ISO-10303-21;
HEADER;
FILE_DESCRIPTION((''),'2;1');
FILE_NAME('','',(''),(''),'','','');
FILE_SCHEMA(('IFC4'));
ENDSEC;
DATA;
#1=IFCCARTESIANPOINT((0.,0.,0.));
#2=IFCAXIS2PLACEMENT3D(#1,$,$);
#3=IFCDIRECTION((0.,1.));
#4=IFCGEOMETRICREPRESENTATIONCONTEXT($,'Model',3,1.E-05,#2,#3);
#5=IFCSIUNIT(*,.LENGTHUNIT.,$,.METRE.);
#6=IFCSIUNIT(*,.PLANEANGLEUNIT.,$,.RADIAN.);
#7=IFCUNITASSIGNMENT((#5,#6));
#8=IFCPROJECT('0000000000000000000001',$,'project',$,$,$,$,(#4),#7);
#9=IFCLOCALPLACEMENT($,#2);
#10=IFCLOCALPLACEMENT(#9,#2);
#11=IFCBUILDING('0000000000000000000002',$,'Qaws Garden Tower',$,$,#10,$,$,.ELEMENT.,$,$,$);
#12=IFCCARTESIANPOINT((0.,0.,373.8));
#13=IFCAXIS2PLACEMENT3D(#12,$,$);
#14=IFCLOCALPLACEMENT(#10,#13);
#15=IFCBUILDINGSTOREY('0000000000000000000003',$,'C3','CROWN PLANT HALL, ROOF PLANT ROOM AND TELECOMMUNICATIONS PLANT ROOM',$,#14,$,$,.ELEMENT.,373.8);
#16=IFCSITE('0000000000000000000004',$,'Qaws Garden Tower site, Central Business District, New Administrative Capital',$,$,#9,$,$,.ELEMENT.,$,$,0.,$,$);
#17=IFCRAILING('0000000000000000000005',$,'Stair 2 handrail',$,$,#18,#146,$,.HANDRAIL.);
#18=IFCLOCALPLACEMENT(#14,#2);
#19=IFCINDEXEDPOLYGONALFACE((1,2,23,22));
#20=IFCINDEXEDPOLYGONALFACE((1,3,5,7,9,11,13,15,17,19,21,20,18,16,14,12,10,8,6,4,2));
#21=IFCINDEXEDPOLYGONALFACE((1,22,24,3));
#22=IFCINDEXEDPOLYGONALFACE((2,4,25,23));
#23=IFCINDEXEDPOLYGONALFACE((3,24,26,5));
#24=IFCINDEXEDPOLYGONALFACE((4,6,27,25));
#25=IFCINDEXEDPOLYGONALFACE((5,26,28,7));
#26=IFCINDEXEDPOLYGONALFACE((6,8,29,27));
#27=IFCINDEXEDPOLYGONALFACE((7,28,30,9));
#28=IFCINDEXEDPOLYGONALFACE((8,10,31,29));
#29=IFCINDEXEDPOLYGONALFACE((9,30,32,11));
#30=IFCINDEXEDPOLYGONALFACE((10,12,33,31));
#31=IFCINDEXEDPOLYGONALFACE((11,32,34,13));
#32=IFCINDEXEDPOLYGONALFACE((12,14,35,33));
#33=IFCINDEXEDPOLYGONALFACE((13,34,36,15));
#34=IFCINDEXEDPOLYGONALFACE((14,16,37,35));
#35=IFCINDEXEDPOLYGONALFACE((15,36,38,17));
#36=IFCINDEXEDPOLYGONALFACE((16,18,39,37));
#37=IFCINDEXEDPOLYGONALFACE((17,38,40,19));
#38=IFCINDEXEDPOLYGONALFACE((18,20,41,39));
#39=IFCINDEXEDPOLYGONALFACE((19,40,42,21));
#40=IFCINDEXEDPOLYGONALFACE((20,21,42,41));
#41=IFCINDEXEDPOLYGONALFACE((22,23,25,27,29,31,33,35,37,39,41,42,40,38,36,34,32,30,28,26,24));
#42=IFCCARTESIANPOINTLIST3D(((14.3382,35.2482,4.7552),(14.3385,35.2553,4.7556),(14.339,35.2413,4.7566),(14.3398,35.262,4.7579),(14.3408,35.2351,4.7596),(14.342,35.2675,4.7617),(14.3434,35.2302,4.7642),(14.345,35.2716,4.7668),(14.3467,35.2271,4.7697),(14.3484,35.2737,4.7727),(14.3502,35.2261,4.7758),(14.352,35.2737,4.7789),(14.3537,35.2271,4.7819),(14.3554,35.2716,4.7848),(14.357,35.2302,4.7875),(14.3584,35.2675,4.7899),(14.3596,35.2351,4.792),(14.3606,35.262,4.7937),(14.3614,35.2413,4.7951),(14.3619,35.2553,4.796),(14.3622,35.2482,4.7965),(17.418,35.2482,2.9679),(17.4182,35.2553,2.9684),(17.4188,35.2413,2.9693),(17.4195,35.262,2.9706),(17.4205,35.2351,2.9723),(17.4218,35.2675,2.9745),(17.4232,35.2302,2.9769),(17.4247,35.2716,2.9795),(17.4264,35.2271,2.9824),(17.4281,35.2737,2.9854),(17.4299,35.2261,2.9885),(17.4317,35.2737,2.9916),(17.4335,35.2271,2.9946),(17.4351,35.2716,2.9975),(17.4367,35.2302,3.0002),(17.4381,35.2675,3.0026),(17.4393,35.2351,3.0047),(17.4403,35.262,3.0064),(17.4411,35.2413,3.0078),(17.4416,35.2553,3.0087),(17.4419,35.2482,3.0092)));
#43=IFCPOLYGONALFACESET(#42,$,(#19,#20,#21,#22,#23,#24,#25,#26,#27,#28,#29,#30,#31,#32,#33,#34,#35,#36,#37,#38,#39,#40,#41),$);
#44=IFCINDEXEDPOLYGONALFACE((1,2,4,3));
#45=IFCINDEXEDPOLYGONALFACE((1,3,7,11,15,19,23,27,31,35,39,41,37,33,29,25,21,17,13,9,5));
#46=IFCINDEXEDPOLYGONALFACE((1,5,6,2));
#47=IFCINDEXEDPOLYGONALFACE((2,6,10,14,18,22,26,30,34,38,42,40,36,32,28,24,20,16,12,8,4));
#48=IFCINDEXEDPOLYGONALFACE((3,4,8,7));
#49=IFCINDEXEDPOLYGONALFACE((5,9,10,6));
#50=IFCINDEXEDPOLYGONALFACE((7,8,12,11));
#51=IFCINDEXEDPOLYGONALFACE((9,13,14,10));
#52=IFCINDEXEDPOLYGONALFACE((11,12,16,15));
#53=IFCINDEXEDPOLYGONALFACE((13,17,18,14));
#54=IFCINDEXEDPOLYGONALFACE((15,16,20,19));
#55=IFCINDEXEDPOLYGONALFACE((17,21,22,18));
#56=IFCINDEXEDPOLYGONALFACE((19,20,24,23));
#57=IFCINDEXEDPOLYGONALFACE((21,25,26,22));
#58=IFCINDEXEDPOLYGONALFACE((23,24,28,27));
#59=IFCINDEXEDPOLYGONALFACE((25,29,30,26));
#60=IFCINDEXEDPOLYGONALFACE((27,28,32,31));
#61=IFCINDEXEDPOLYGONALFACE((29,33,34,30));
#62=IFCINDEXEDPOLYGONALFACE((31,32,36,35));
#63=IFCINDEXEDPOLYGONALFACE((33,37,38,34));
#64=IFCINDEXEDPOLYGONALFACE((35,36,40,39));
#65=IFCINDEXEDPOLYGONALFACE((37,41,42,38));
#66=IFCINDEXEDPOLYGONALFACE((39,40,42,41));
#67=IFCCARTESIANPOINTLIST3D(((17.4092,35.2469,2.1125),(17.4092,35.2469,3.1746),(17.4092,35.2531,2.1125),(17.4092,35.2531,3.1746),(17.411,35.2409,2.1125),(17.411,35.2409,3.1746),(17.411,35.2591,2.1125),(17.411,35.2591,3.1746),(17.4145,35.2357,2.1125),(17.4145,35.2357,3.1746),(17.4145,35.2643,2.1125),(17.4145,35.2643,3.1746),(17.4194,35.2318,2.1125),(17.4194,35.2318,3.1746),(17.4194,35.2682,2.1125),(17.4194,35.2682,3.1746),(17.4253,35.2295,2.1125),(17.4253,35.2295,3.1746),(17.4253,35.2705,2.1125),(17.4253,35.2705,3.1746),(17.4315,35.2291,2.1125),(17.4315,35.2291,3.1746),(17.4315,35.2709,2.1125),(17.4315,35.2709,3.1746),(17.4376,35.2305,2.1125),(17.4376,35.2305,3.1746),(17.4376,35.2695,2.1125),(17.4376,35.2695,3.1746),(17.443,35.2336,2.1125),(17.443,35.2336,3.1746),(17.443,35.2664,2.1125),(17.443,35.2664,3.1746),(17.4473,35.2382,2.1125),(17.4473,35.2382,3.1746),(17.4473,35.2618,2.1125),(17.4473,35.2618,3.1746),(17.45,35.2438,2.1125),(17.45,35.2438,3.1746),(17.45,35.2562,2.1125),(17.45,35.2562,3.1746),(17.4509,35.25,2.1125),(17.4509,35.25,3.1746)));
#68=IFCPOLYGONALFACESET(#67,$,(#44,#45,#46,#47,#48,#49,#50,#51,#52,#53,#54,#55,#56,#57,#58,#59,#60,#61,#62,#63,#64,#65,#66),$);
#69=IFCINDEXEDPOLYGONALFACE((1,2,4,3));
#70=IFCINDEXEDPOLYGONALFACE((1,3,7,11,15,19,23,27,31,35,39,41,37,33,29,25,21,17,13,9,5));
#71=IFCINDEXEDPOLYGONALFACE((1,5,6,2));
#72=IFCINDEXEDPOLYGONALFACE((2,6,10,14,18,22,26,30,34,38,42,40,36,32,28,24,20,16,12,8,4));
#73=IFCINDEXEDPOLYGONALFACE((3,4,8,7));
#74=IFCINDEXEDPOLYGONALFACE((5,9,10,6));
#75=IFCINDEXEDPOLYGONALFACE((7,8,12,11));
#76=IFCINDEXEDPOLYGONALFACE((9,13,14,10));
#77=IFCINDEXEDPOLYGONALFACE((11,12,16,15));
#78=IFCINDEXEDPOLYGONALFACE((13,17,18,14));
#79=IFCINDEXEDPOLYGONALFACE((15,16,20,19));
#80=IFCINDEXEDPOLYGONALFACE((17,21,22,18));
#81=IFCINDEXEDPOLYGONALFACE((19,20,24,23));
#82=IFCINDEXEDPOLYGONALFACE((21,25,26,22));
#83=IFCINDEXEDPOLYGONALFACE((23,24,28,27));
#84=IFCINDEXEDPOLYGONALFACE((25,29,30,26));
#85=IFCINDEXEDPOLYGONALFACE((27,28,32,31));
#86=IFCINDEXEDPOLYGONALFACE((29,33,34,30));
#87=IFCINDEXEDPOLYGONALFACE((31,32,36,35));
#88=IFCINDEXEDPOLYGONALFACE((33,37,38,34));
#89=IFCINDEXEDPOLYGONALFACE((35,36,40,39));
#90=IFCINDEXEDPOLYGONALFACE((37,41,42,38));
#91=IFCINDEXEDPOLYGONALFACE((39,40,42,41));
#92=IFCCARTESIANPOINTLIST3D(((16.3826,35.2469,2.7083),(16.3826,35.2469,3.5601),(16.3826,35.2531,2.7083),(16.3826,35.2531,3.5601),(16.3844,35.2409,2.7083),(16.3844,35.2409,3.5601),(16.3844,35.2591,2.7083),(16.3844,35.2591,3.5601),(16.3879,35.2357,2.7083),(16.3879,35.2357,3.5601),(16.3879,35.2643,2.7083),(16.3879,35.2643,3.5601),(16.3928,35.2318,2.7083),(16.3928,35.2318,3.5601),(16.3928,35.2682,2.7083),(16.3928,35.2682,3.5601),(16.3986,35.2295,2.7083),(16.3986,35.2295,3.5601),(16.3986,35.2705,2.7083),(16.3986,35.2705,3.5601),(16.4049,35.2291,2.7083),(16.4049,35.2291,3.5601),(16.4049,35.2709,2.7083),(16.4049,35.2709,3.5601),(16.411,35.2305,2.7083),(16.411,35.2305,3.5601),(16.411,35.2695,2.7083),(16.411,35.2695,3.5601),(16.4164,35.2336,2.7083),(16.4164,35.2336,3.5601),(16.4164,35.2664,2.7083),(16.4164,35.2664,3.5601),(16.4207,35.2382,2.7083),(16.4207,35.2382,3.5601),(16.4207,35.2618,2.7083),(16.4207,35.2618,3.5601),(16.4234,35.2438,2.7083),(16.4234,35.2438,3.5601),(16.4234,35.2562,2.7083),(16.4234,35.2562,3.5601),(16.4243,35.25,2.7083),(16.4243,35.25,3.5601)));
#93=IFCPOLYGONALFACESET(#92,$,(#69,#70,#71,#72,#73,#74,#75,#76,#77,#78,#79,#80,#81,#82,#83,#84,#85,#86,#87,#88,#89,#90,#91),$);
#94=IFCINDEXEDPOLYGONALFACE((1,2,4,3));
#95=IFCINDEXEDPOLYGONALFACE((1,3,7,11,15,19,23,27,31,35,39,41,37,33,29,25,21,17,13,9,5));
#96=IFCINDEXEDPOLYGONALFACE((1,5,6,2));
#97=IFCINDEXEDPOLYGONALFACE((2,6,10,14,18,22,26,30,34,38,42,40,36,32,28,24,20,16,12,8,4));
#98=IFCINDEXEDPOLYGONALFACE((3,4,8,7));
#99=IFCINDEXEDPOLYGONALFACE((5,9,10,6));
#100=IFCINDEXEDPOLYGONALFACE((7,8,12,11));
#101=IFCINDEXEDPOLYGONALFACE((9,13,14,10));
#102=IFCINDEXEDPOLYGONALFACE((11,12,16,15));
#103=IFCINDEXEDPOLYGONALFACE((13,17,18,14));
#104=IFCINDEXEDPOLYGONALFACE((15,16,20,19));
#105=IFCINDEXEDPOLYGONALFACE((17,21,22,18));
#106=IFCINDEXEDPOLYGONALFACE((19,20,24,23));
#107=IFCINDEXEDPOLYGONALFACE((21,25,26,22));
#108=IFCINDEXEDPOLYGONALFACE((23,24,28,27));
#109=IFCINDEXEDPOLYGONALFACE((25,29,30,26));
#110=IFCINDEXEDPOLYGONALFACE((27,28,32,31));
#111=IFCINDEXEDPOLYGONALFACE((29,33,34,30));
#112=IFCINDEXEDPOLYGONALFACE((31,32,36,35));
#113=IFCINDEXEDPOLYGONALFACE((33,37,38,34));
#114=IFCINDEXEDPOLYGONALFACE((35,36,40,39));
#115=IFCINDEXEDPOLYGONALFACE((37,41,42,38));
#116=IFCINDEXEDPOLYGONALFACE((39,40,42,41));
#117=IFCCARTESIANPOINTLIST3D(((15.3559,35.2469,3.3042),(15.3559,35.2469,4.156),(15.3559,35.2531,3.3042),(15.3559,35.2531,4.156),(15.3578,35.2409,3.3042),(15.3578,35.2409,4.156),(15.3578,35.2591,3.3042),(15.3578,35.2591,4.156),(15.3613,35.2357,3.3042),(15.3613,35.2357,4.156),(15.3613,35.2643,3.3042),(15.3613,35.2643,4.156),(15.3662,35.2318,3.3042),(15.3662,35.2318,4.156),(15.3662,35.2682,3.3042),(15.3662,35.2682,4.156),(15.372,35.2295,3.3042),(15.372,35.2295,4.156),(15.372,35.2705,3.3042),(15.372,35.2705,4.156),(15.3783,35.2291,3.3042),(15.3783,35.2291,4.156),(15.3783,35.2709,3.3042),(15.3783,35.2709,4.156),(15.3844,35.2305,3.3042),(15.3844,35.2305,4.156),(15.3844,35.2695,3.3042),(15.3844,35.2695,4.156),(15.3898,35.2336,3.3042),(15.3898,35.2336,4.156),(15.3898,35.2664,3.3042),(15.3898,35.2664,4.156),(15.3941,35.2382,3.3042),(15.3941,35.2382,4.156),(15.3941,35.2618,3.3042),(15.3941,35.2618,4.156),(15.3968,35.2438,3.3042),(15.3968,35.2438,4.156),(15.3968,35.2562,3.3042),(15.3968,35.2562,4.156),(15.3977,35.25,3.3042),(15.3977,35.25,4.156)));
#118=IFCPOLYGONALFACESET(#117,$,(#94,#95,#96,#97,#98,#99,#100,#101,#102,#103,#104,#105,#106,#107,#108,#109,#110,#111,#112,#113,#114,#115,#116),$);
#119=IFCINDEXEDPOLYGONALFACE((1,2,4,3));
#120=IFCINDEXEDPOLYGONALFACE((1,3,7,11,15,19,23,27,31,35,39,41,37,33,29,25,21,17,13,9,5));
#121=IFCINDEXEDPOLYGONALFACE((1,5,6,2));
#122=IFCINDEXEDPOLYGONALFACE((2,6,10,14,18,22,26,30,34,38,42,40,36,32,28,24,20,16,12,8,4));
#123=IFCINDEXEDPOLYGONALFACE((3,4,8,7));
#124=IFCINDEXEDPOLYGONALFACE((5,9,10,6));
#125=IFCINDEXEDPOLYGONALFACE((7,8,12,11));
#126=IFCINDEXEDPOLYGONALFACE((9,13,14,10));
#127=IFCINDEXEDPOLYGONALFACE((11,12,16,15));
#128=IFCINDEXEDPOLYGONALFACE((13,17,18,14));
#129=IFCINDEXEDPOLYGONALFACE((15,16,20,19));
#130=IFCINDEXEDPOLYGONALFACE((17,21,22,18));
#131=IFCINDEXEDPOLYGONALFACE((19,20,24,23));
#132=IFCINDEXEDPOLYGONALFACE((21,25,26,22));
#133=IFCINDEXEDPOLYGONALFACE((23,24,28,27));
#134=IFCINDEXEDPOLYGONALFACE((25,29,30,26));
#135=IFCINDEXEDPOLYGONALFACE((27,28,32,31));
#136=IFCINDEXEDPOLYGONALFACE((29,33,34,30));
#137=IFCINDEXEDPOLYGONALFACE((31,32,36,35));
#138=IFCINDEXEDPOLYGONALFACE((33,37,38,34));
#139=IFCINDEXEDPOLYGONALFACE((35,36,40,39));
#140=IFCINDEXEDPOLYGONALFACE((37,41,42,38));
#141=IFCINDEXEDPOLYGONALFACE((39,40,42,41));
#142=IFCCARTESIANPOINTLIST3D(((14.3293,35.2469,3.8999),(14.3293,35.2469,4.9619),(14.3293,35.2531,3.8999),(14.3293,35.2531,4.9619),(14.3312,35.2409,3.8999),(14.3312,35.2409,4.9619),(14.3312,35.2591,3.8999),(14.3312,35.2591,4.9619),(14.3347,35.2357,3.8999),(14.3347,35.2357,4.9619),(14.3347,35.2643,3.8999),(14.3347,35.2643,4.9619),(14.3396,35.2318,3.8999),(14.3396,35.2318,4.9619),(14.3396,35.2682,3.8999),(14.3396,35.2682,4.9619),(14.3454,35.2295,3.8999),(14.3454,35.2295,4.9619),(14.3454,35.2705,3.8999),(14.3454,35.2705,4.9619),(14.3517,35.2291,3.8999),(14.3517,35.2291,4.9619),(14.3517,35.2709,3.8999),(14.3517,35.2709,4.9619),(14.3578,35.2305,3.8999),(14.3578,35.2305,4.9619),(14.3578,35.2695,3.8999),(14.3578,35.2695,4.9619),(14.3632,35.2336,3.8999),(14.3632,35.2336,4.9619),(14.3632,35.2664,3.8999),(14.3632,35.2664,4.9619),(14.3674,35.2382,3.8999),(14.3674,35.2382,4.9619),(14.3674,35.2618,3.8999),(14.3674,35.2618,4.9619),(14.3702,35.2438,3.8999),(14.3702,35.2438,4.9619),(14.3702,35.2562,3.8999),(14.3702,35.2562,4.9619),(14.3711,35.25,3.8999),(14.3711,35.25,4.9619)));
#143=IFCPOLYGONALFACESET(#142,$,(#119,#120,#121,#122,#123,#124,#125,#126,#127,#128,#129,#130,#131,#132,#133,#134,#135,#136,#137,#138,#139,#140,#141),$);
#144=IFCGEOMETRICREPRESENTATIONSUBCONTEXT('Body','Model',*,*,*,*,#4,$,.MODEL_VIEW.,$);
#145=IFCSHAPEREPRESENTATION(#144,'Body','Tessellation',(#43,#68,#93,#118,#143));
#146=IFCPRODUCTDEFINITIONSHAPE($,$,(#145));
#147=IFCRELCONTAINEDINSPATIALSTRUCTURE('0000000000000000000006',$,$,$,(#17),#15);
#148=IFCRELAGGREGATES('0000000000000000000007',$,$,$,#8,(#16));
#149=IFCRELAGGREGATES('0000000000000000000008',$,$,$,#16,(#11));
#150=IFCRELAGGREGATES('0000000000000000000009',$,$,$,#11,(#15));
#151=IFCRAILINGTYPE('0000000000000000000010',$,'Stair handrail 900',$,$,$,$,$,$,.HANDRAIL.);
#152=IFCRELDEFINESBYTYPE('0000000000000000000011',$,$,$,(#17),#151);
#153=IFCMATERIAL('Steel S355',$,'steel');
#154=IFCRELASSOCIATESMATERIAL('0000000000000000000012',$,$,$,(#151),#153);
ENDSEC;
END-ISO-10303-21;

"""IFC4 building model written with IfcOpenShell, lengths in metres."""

from ifc_helpers import new_model, si_unit, direction, frame, origin, origin_2d, place, context, subcontext, project, spatial, circle, extrude, material, type_object, element, save


model = new_model("IFC4")

# Units and contexts
model_context = context("Model", 3, precision=1e-05, world=origin(), true_north=direction((0.0, 1.0)))
body_context = subcontext(model_context, "Body", "Model", "MODEL_VIEW")
ifc_project = project(units=[si_unit("LENGTHUNIT", "METRE"), si_unit("PLANEANGLEUNIT", "RADIAN")], contexts=[model_context])

# Site, building, storey
site_placement = place(None, origin())
site = spatial("IfcSite", under=ifc_project, at=site_placement, Name="Qaws Garden Tower site, Central Business District, New Administrative Capital", CompositionType="ELEMENT", RefElevation=0.0)
building_placement = place(site_placement, origin())
building = spatial("IfcBuilding", under=site, at=building_placement, Name="Qaws Garden Tower", CompositionType="ELEMENT")
storey_placement = place(building_placement, frame((0.0, 0.0, 373.8)))
storey = spatial("IfcBuildingStorey", under=building, at=storey_placement, Name="C3", Description="CROWN PLANT HALL, ROOF PLANT ROOM AND TELECOMMUNICATIONS PLANT ROOM", CompositionType="ELEMENT", Elevation=373.8)

# Railing
ifc_material_1 = material(Name="Steel S355", Category="steel")
railing_type = type_object("IfcRailingType", Name="Stair handrail 900", PredefinedType="HANDRAIL", material=ifc_material_1)
railing_1_placement = place(storey_placement, frame((17.4299, 35.25, 2.1125)))
element("IfcRailing", 1, at=railing_1_placement, inside=storey, type_object=railing_type, Name="Stair 2 handrail", PredefinedType="HANDRAIL", context=body_context, shape_type="SweptSolid", body=[
    extrude(circle(Radius=0.0239, at=origin_2d()), frame((0.0, 0.0, 0.876), z_axis=(-0.864903, 0.0, 0.501939), x_axis=(0.0, -1.0, 0.0)), (0.0, 0.0, 1.0), 3.5608),
    extrude(circle(Radius=0.021, at=origin_2d()), origin(), (0.0, 0.0, 1.0), 1.062),
    extrude(circle(Radius=0.021, at=origin_2d()), frame((-1.0266, 0.0, 0.5957)), (0.0, 0.0, 1.0), 0.8518),
    extrude(circle(Radius=0.021, at=origin_2d()), frame((-2.0532, 0.0, 1.1917)), (0.0, 0.0, 1.0), 0.8518),
    extrude(circle(Radius=0.021, at=origin_2d()), frame((-3.0798, 0.0, 1.7874)), (0.0, 0.0, 1.0), 1.062),
])

save(model, "model.ifc")
